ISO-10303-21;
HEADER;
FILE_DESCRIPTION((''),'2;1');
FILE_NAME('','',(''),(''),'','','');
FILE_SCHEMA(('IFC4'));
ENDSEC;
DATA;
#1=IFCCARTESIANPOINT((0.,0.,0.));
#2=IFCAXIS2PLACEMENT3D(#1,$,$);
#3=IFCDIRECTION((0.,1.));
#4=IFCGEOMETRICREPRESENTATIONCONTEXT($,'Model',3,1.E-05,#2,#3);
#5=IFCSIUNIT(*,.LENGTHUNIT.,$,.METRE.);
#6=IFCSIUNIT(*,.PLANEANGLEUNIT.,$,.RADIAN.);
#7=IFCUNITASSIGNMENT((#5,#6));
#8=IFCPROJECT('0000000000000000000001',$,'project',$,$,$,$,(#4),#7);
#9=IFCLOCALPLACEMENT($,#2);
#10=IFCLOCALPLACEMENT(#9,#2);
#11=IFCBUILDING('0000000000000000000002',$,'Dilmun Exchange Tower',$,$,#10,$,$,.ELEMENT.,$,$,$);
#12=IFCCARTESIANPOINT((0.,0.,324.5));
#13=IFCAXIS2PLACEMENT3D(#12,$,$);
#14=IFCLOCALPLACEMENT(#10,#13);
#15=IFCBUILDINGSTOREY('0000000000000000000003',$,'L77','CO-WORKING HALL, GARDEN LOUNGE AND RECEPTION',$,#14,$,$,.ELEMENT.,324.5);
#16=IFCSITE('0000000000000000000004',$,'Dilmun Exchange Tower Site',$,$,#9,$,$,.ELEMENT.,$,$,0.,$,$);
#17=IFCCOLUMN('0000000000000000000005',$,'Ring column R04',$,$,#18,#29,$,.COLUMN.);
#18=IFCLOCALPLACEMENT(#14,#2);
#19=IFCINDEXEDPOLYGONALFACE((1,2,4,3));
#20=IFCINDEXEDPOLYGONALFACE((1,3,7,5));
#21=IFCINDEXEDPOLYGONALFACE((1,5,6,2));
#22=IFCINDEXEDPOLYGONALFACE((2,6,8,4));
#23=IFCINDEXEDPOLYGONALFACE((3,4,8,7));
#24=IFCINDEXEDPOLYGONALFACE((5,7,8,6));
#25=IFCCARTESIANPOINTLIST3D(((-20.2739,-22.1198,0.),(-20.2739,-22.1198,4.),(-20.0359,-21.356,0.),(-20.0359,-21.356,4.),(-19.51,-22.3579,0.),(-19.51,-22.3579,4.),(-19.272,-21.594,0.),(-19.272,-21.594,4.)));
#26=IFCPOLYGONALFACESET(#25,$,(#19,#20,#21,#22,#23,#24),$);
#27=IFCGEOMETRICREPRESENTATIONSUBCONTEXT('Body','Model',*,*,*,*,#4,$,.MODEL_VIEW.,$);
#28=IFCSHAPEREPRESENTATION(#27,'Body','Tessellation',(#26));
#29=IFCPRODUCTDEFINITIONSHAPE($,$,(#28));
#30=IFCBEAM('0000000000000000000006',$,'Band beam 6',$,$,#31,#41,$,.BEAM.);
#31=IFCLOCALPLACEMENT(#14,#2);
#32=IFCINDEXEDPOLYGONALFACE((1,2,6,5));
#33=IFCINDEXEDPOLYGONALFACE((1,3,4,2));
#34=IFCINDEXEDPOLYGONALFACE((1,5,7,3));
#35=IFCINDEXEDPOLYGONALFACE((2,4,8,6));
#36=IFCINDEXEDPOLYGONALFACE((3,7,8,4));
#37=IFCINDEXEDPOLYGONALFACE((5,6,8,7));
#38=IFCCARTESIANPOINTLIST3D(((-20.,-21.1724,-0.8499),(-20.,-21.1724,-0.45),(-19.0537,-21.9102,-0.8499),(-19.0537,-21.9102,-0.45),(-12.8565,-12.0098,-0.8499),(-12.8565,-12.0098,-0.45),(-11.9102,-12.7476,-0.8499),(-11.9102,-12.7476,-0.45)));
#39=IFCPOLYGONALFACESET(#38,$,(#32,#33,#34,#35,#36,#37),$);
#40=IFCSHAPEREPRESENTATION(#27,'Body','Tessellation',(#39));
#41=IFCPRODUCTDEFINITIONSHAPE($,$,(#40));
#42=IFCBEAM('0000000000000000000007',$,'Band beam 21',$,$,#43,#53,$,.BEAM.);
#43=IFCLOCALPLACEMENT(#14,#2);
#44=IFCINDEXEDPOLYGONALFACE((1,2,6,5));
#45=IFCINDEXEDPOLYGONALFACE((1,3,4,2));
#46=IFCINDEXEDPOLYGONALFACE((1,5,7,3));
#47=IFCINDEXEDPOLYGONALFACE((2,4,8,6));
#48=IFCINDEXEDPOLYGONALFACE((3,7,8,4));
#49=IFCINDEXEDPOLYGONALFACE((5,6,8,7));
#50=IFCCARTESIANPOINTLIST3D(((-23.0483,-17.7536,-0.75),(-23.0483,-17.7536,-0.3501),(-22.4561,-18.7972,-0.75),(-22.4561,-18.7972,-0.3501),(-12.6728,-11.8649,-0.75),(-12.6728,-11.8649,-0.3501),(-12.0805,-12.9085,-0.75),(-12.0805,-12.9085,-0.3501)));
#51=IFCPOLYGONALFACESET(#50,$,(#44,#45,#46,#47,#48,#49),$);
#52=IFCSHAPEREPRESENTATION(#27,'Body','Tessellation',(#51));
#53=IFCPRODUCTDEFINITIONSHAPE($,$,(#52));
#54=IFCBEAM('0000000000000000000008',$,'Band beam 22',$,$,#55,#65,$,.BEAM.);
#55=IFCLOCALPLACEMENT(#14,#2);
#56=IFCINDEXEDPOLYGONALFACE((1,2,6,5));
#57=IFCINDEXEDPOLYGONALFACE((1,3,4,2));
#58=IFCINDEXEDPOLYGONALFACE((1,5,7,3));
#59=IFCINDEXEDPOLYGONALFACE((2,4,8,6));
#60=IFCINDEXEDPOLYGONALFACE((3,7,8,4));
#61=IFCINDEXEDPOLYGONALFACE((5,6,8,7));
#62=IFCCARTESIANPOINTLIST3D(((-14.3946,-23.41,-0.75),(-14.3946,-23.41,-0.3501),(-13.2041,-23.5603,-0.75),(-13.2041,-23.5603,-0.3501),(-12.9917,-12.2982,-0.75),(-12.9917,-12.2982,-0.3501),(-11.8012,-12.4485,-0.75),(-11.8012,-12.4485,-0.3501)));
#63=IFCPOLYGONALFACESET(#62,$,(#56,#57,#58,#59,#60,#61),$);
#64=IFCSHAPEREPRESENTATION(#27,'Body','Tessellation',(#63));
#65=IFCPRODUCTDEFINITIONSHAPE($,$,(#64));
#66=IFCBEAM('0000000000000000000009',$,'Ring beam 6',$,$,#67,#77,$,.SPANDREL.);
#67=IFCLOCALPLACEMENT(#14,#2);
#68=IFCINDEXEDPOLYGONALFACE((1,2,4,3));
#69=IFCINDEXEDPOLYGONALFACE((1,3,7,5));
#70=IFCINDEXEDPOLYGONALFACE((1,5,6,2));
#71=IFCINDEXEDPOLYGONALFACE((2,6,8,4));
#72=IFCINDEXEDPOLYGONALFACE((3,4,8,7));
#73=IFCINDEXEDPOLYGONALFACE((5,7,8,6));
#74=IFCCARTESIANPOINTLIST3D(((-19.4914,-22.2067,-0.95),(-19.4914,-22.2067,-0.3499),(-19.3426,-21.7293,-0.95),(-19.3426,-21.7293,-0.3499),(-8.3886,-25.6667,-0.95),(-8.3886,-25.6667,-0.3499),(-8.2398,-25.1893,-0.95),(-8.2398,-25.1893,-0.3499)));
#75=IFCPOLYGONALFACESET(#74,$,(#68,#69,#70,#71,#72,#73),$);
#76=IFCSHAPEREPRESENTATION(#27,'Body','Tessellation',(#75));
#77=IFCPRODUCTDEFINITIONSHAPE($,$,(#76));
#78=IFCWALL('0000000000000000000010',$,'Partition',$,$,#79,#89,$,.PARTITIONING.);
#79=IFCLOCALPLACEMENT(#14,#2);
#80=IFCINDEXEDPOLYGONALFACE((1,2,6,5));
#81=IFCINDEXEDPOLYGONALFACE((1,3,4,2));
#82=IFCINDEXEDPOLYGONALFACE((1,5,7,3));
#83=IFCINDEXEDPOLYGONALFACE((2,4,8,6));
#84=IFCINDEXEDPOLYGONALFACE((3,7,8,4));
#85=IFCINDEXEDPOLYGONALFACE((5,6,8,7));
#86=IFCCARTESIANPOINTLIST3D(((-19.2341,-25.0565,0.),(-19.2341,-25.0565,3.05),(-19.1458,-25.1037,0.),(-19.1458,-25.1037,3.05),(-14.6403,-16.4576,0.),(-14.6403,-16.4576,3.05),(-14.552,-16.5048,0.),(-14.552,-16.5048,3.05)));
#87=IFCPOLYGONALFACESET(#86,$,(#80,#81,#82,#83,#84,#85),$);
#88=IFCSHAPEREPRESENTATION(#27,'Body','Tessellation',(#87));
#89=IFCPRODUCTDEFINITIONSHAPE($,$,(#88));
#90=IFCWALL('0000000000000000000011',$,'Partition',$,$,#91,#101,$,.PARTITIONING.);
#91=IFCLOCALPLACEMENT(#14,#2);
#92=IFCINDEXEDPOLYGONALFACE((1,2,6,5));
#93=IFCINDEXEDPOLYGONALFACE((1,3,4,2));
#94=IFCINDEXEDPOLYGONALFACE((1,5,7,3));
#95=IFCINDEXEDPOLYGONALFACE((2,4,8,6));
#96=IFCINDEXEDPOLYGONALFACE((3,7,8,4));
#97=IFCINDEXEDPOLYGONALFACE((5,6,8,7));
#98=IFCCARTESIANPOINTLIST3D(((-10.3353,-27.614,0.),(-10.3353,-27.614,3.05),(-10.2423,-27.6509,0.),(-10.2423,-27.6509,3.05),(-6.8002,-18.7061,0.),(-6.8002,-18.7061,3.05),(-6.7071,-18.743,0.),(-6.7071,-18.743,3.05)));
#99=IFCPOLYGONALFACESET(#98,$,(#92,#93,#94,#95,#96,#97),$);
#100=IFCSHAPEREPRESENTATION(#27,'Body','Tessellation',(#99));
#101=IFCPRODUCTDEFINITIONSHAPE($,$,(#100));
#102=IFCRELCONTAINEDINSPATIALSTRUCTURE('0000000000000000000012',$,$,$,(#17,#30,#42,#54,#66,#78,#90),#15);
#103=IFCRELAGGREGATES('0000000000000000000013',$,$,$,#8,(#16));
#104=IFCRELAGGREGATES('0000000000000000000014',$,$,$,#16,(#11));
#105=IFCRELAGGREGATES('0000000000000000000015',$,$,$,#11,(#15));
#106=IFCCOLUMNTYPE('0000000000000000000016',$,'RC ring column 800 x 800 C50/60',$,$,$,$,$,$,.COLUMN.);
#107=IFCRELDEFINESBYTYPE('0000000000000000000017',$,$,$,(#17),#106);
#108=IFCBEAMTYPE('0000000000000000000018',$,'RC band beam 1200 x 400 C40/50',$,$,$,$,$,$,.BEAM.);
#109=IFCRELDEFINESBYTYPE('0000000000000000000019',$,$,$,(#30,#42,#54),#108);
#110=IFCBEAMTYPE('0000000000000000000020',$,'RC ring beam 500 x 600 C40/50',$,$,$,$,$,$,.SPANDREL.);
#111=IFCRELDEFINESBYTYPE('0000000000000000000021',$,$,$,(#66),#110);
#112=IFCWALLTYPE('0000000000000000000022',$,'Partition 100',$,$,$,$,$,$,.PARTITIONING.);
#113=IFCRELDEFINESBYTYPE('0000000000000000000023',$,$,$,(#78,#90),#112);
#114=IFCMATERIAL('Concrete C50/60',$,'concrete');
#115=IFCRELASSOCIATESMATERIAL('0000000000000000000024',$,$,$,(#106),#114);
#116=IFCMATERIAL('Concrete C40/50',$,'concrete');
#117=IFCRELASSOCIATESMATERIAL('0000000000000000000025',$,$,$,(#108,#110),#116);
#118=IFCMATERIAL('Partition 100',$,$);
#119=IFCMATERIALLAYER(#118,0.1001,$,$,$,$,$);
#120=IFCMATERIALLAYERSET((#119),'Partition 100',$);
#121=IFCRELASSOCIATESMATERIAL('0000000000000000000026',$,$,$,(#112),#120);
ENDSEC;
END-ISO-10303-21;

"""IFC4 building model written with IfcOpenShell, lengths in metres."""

from ifc_helpers import new_model, si_unit, direction, frame, frame_2d, origin, origin_2d, place, context, subcontext, project, spatial, rectangle, extrude, material, layer, layer_set, material_profile, profile_set, type_object, element, save


model = new_model("IFC4")

# Units and contexts
model_context = context("Model", 3, precision=1e-05, world=origin(), true_north=direction((0.0, 1.0)))
body_context = subcontext(model_context, "Body", "Model", "MODEL_VIEW")
ifc_project = project(units=[si_unit("LENGTHUNIT", "METRE"), si_unit("PLANEANGLEUNIT", "RADIAN")], contexts=[model_context])

# Site, building, storey
site_placement = place(None, origin())
site = spatial("IfcSite", under=ifc_project, at=site_placement, Name="Dilmun Exchange Tower Site", CompositionType="ELEMENT", RefElevation=0.0)
building_placement = place(site_placement, origin())
building = spatial("IfcBuilding", under=site, at=building_placement, Name="Dilmun Exchange Tower", CompositionType="ELEMENT")
storey_placement = place(building_placement, frame((0.0, 0.0, 324.5)))
storey = spatial("IfcBuildingStorey", under=building, at=storey_placement, Name="L77", Description="CO-WORKING HALL, GARDEN LOUNGE AND RECEPTION", CompositionType="ELEMENT", Elevation=324.5)

# Column
ifc_material_1 = material(Name="Concrete C50/60", Category="concrete")
ifc_material_profile_1 = material_profile(ifc_material_1, rectangle(XDim=0.8, YDim=0.8, at=origin_2d()), Name="800 x 800")
ifc_profile_set_1 = profile_set([ifc_material_profile_1], Name="Concrete C50/60")
column_type = type_object("IfcColumnType", Name="RC ring column 800 x 800 C50/60", PredefinedType="COLUMN", material=ifc_profile_set_1)
column_placement = place(storey_placement, frame((-19.7729, -21.8569, 0.0), z_axis=(0.0, 0.0, 1.0), x_axis=(0.297503, 0.954721, 0.0)))
element("IfcColumn", 1, at=column_placement, inside=storey, type_object=column_type, Name="Ring column R04", PredefinedType="COLUMN", context=body_context, shape_type="SweptSolid", body=[
    extrude(rectangle(XDim=0.8, YDim=0.8, at=origin_2d()), origin(), (0.0, 0.0, 1.0), 4.0),
])

# Beams
ifc_material_2 = material(Name="Concrete C40/50", Category="concrete")
ifc_material_profile_2 = material_profile(ifc_material_2, rectangle(XDim=1.2, YDim=0.3999, at=origin_2d()), Name="1200 x 400")
ifc_profile_set_2 = profile_set([ifc_material_profile_2], Name="Concrete C40/50")
beam_type_1 = type_object("IfcBeamType", Name="RC band beam 1200 x 400 C40/50", PredefinedType="BEAM", material=ifc_profile_set_2)
beam_1_placement = place(storey_placement, frame((-19.5269, -21.5413, -0.6499), z_axis=(0.614857, 0.788639, 0.0), x_axis=(-0.788639, 0.614857, 0.0)))
element("IfcBeam", 2, at=beam_1_placement, inside=storey, type_object=beam_type_1, Name="Band beam 6", PredefinedType="BEAM", context=body_context, shape_type="SweptSolid", body=[
    extrude(rectangle(XDim=1.2, YDim=0.3999, at=origin_2d()), origin(), (0.0, 0.0, 1.0), 11.6182),
])
beam_2_placement = place(storey_placement, frame((-22.7522, -18.2754, -0.55), z_axis=(0.86969, 0.493598, 0.0), x_axis=(-0.493598, 0.86969, 0.0)))
element("IfcBeam", 3, at=beam_2_placement, inside=storey, type_object=beam_type_1, Name="Band beam 21", PredefinedType="BEAM", context=body_context, shape_type="SweptSolid", body=[
    extrude(rectangle(XDim=1.2, YDim=0.3999, at=origin_2d()), origin(), (0.0, 0.0, 1.0), 11.9302),
])
beam_3_placement = place(storey_placement, frame((-13.7993, -23.4851, -0.55), z_axis=(0.125253, 0.992125, 0.0), x_axis=(-0.992125, 0.125253, 0.0)))
element("IfcBeam", 4, at=beam_3_placement, inside=storey, type_object=beam_type_1, Name="Band beam 22", PredefinedType="BEAM", context=body_context, shape_type="SweptSolid", body=[
    extrude(rectangle(XDim=1.2, YDim=0.3999, at=origin_2d()), origin(), (0.0, 0.0, 1.0), 11.2),
])
ifc_material_profile_3 = material_profile(ifc_material_2, rectangle(XDim=0.5, YDim=0.6001, at=origin_2d()), Name="500 x 600")
ifc_profile_set_3 = profile_set([ifc_material_profile_3], Name="Concrete C40/50")
beam_type_2 = type_object("IfcBeamType", Name="RC ring beam 500 x 600 C40/50", PredefinedType="SPANDREL", material=ifc_profile_set_3)
beam_4_placement = place(storey_placement, frame((-19.417, -21.968, -0.6499), z_axis=(0.954716, -0.297518, 0.0), x_axis=(0.297518, 0.954716, 0.0)))
element("IfcBeam", 5, at=beam_4_placement, inside=storey, type_object=beam_type_2, Name="Ring beam 6", PredefinedType="SPANDREL", context=body_context, shape_type="SweptSolid", body=[
    extrude(rectangle(XDim=0.5, YDim=0.6001, at=origin_2d()), origin(), (0.0, 0.0, 1.0), 11.6294),
])

# Walls
ifc_material_3 = material(Name="Partition 100")
ifc_layer = layer(ifc_material_3, 0.1001)
ifc_layer_set = layer_set([ifc_layer], Name="Partition 100")
wall_type = type_object("IfcWallType", Name="Partition 100", PredefinedType="PARTITIONING", material=ifc_layer_set)
wall_1_placement = place(storey_placement, frame((-19.1899, -25.0801, 0.0), z_axis=(0.0, 0.0, 1.0), x_axis=(0.471202, 0.882026, 0.0)))
element("IfcWall", 6, at=wall_1_placement, inside=storey, type_object=wall_type, Name="Partition", PredefinedType="PARTITIONING", context=body_context, shape_type="SweptSolid", body=[
    extrude(rectangle(XDim=9.749, YDim=0.1001, at=frame_2d((4.8745, 0.0))), origin(), (0.0, 0.0, 1.0), 3.05),
])
wall_2_placement = place(storey_placement, frame((-10.2888, -27.6326, 0.0), z_axis=(0.0, 0.0, 1.0), x_axis=(0.368868, 0.929482, 0.0)))
element("IfcWall", 7, at=wall_2_placement, inside=storey, type_object=wall_type, Name="Partition", PredefinedType="PARTITIONING", context=body_context, shape_type="SweptSolid", body=[
    extrude(rectangle(XDim=9.5837, YDim=0.1001, at=frame_2d((4.792, 0.0))), origin(), (0.0, 0.0, 1.0), 3.05),
])

save(model, "model.ifc")
